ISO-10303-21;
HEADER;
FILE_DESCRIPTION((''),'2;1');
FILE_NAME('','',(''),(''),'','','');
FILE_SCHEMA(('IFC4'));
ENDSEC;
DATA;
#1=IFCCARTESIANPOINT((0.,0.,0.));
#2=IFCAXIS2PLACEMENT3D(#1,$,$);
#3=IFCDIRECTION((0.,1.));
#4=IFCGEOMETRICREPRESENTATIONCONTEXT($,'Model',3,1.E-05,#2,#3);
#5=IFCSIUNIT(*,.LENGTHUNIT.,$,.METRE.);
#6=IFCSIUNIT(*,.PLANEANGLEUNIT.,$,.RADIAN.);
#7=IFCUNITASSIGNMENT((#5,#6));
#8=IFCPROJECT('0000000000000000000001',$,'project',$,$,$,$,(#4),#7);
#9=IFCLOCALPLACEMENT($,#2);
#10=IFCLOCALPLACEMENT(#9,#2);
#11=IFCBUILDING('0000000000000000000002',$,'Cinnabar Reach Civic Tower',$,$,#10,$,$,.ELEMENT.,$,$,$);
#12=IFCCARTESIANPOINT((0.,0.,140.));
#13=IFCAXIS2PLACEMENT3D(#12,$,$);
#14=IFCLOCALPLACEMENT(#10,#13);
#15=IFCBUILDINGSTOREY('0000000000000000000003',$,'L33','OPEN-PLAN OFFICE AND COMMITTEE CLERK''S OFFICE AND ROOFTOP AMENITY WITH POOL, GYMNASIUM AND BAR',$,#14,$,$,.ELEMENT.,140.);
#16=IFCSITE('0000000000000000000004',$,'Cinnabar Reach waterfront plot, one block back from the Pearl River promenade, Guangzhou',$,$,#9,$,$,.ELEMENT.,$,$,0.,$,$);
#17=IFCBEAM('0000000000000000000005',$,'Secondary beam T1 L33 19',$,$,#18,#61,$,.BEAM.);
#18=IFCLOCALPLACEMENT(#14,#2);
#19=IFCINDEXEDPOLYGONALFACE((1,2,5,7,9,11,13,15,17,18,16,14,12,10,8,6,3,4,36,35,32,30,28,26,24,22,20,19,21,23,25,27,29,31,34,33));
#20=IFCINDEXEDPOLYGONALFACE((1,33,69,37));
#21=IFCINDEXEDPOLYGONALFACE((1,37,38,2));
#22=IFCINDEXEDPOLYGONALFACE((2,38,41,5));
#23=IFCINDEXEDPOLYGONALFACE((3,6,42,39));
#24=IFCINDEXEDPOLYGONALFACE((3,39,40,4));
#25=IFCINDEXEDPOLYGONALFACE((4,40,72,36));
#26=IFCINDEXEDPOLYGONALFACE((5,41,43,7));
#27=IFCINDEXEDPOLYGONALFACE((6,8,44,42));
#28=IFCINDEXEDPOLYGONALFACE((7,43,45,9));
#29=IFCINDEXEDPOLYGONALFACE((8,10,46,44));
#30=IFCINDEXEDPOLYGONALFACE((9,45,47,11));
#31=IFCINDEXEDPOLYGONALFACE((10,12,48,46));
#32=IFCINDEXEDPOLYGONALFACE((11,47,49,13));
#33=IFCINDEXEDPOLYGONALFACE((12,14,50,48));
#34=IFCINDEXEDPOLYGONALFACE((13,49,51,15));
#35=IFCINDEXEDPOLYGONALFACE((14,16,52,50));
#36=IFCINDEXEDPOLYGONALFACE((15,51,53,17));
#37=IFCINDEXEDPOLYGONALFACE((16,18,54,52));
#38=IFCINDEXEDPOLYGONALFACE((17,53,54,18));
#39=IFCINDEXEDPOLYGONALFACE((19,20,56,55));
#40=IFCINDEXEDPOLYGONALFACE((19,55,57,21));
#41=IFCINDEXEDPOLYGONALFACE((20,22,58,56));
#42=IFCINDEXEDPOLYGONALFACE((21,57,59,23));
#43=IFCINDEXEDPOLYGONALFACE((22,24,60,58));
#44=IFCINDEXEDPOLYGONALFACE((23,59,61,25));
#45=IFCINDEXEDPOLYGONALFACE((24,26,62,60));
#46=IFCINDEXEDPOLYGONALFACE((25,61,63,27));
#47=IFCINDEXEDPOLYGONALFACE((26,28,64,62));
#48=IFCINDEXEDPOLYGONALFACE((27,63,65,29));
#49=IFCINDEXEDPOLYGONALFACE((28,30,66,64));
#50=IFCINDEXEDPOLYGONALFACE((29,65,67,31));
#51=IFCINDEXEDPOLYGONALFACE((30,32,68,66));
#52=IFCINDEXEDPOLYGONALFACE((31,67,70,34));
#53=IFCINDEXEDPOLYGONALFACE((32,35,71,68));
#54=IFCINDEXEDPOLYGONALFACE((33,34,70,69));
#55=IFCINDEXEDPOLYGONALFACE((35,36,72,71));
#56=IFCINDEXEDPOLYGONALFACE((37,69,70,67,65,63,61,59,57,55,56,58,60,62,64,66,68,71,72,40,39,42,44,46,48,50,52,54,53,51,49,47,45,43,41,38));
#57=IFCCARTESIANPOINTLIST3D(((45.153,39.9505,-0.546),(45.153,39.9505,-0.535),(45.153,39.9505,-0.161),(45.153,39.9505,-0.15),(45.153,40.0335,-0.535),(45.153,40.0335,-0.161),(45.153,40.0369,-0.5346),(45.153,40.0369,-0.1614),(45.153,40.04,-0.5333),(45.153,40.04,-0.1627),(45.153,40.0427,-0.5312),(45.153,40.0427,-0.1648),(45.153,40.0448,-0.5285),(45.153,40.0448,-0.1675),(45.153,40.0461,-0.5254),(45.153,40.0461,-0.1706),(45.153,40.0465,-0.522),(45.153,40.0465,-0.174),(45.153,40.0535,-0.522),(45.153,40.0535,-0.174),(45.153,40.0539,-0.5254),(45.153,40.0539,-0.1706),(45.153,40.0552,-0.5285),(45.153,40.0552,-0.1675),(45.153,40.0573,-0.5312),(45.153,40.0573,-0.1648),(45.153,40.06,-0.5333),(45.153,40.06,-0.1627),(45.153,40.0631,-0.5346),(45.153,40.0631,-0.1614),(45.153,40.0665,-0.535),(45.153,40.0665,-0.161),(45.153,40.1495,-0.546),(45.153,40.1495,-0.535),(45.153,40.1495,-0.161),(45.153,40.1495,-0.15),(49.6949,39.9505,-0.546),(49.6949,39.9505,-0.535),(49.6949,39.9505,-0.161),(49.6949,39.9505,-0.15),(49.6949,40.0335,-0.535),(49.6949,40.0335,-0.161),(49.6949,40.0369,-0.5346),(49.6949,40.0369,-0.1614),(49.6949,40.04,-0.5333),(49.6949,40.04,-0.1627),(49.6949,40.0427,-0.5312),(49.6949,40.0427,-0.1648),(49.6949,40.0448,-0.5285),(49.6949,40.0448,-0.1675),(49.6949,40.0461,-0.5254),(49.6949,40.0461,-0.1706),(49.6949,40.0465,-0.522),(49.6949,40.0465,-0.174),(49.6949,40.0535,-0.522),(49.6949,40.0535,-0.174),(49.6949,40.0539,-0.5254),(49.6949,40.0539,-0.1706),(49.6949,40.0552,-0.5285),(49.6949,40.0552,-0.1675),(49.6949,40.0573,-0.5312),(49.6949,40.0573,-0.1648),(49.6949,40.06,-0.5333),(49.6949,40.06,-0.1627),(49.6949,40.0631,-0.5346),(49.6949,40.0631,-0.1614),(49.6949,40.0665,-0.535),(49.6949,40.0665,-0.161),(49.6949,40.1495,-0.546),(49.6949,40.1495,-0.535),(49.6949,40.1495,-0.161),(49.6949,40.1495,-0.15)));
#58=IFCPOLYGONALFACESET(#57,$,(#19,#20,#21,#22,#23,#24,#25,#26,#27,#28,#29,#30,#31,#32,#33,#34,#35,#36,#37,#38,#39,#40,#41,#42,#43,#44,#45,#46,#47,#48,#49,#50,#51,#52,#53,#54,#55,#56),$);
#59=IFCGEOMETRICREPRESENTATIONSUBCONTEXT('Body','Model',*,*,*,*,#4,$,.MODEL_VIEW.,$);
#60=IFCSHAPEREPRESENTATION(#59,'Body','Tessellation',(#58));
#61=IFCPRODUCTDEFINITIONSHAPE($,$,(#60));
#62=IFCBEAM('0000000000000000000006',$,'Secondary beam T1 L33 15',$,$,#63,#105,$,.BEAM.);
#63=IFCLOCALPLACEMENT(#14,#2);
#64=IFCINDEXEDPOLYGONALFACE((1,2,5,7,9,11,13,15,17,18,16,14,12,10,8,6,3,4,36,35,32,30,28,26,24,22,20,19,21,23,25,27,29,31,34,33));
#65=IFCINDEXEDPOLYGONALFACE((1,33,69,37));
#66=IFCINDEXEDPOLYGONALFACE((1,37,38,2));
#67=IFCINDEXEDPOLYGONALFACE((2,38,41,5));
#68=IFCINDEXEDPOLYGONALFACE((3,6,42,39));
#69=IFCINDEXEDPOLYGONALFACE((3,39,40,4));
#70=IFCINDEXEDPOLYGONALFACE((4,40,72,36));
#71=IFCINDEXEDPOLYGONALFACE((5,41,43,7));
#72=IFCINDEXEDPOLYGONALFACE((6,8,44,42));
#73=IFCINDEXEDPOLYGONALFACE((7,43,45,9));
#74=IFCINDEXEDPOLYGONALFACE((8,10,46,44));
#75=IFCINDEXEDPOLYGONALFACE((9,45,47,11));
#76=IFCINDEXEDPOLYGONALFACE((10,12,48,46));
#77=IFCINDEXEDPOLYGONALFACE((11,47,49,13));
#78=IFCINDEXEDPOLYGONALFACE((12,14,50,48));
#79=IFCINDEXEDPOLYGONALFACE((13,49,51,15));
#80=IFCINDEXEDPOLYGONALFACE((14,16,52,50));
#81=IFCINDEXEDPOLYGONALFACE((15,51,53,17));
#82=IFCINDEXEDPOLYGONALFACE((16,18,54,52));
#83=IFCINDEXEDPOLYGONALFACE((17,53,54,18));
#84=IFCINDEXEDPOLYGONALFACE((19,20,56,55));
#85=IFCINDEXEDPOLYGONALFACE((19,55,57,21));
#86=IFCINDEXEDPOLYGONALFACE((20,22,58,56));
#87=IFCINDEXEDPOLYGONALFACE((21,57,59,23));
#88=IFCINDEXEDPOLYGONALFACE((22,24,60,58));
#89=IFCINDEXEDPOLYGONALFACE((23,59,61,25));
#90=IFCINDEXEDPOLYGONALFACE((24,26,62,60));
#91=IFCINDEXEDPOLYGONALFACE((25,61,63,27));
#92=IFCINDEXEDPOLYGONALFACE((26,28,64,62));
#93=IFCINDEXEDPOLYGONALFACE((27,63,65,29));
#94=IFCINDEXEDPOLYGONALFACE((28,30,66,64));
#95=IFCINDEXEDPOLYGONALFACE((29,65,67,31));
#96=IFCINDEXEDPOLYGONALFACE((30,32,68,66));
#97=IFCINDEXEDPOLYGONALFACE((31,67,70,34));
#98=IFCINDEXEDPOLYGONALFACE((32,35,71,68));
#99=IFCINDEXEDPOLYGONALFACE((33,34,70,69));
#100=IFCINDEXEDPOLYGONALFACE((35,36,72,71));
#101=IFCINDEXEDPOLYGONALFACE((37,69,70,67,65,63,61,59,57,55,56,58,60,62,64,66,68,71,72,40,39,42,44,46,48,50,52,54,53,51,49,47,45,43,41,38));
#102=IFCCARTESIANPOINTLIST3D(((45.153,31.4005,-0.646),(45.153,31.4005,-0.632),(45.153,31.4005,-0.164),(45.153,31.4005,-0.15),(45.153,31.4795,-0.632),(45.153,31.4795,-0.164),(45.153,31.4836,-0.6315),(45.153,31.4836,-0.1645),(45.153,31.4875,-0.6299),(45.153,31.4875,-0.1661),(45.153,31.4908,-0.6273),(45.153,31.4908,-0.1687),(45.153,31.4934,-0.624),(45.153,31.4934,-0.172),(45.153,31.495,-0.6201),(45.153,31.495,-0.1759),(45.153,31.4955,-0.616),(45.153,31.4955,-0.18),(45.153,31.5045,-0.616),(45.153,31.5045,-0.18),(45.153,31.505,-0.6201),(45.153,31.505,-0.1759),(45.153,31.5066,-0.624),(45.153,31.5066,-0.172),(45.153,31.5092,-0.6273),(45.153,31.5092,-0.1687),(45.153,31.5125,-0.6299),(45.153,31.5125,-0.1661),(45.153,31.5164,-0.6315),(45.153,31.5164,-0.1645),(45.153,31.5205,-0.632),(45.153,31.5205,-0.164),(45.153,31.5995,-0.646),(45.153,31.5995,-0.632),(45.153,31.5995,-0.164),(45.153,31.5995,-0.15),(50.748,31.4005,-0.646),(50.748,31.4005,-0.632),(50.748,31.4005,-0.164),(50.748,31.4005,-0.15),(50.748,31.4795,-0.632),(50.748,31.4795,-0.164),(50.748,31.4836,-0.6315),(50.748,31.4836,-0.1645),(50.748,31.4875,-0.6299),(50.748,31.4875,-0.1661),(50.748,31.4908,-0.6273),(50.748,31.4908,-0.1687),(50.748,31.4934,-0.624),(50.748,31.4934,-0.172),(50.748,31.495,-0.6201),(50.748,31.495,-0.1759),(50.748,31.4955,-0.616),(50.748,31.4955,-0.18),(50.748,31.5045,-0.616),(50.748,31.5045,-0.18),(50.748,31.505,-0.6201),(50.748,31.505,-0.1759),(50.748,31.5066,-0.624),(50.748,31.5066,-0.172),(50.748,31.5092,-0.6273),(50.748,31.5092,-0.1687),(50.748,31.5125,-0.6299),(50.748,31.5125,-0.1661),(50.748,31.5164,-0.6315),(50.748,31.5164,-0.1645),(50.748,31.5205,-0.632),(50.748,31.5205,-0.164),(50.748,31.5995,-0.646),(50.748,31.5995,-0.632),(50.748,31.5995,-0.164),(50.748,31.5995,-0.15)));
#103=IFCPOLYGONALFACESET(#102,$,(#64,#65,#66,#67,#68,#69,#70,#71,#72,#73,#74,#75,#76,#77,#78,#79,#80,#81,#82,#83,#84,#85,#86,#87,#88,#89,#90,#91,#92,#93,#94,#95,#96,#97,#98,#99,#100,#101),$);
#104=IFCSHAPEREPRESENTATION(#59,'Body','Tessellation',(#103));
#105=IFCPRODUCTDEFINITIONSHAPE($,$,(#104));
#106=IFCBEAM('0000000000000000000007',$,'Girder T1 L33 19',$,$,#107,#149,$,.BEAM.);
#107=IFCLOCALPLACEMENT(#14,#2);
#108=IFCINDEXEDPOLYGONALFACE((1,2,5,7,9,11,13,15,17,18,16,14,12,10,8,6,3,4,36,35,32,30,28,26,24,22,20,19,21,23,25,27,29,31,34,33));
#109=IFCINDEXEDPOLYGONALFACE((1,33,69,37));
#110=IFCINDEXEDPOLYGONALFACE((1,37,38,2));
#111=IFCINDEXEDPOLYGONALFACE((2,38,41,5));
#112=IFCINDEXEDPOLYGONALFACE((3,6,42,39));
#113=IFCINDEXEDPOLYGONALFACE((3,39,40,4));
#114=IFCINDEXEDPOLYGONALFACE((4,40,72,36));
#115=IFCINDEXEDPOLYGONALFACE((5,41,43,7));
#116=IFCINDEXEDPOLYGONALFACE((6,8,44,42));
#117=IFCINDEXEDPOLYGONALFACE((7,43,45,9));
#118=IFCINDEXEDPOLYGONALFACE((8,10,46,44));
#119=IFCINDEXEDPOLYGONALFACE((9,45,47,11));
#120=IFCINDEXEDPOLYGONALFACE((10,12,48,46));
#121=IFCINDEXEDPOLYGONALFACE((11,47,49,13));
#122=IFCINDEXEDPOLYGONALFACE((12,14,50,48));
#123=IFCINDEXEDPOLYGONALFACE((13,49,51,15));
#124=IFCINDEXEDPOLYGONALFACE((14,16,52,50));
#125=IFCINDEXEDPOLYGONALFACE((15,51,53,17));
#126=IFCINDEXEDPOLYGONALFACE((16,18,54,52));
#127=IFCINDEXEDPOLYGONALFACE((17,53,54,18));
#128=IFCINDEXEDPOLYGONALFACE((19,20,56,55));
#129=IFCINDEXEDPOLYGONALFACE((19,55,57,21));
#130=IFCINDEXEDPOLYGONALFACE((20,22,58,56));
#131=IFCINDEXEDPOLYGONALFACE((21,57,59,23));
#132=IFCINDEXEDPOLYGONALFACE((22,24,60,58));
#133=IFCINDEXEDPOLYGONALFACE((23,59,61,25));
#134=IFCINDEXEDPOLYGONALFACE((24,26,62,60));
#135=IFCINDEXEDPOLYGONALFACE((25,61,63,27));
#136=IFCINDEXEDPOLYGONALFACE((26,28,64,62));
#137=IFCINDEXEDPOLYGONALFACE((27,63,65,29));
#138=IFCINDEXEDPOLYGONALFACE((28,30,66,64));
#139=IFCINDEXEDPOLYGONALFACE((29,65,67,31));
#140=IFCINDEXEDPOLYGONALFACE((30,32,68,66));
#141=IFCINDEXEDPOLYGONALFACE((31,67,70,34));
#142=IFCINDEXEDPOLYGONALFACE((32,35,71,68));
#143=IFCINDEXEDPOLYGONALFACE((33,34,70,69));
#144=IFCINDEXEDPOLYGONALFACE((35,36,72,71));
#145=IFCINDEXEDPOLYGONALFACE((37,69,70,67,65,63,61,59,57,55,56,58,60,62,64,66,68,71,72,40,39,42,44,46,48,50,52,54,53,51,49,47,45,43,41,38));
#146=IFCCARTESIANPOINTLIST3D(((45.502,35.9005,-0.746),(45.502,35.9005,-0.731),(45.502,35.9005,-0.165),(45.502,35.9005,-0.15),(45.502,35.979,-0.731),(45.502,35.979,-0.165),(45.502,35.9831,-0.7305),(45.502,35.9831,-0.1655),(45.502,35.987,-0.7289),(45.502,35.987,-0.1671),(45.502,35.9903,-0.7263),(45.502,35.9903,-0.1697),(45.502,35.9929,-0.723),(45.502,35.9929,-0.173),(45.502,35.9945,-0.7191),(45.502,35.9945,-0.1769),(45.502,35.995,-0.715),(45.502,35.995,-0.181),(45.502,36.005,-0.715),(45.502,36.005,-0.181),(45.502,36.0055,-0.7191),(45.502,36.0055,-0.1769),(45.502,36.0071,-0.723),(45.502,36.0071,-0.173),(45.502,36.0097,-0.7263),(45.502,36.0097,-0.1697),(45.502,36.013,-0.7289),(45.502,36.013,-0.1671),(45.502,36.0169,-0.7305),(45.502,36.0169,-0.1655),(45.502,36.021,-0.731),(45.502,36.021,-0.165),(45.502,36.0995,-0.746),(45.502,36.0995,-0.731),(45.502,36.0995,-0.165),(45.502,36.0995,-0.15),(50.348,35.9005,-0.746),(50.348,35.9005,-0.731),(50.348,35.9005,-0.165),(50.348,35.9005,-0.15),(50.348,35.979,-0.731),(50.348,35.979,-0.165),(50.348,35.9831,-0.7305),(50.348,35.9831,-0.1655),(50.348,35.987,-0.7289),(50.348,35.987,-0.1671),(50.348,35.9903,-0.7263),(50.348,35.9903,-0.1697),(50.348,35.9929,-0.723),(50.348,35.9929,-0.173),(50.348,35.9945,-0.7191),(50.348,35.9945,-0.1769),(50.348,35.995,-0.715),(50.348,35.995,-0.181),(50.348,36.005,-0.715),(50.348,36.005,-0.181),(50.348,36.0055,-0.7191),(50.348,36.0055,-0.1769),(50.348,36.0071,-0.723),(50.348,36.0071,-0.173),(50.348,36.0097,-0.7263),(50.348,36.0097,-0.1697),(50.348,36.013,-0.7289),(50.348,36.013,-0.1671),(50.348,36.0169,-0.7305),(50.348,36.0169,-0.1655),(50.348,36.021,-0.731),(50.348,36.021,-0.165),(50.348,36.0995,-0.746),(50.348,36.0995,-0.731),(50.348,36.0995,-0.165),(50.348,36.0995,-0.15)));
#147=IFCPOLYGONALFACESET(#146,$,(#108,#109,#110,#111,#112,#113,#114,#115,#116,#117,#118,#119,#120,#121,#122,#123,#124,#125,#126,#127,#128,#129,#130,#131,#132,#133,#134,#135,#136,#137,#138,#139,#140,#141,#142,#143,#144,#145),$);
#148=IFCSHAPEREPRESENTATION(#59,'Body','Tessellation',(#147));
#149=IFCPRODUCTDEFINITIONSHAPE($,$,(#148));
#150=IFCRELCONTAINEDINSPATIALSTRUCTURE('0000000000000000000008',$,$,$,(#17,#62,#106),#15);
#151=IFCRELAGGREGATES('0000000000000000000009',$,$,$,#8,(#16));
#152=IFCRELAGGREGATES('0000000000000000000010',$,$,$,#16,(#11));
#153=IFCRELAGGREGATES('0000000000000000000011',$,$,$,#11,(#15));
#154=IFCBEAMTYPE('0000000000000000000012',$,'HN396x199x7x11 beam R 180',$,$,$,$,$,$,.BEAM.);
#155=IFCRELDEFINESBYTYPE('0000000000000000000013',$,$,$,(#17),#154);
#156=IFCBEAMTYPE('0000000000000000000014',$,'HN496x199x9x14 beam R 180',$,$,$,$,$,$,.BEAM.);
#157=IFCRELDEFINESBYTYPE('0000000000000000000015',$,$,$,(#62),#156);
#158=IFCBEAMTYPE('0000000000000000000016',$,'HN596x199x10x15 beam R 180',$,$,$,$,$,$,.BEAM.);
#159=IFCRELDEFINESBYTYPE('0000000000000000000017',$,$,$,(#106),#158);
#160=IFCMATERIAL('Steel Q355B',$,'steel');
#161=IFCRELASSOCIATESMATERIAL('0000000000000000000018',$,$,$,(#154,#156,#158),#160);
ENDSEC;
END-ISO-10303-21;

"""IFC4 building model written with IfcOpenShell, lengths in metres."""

from ifc_helpers import new_model, si_unit, direction, frame, origin, origin_2d, place, context, subcontext, project, spatial, i_section, extrude, material, material_profile, profile_set, type_object, element, save


model = new_model("IFC4")

# Units and contexts
model_context = context("Model", 3, precision=1e-05, world=origin(), true_north=direction((0.0, 1.0)))
body_context = subcontext(model_context, "Body", "Model", "MODEL_VIEW")
ifc_project = project(units=[si_unit("LENGTHUNIT", "METRE"), si_unit("PLANEANGLEUNIT", "RADIAN")], contexts=[model_context])

# Site, building, storey
site_placement = place(None, origin())
site = spatial("IfcSite", under=ifc_project, at=site_placement, Name="Cinnabar Reach waterfront plot, one block back from the Pearl River promenade, Guangzhou", CompositionType="ELEMENT", RefElevation=0.0)
building_placement = place(site_placement, origin())
building = spatial("IfcBuilding", under=site, at=building_placement, Name="Cinnabar Reach Civic Tower", CompositionType="ELEMENT")
storey_placement = place(building_placement, frame((0.0, 0.0, 140.0)))
storey = spatial("IfcBuildingStorey", under=building, at=storey_placement, Name="L33", Description="OPEN-PLAN OFFICE AND COMMITTEE CLERK'S OFFICE AND ROOFTOP AMENITY WITH POOL, GYMNASIUM AND BAR", CompositionType="ELEMENT", Elevation=140.0)

# Beams
ifc_material_1 = material(Name="Steel Q355B", Category="steel")
ifc_material_profile_1 = material_profile(ifc_material_1, i_section(OverallWidth=0.199, OverallDepth=0.396, WebThickness=0.007, FlangeThickness=0.011, FilletRadius=0.013, at=origin_2d()), Name="HN396x199x7x11")
ifc_profile_set_1 = profile_set([ifc_material_profile_1], Name="Steel Q355B")
beam_type_1 = type_object("IfcBeamType", Name="HN396x199x7x11 beam R 180", PredefinedType="BEAM", material=ifc_profile_set_1)
beam_1_placement = place(storey_placement, frame((45.153, 40.05, -0.348), z_axis=(1.0, 0.0, 0.0), x_axis=(0.0, 1.0, 0.0)))
element("IfcBeam", 1, at=beam_1_placement, inside=storey, type_object=beam_type_1, Name="Secondary beam T1 L33 19", PredefinedType="BEAM", context=body_context, shape_type="SweptSolid", body=[
    extrude(i_section(OverallWidth=0.199, OverallDepth=0.396, WebThickness=0.007, FlangeThickness=0.011, FilletRadius=0.013, at=origin_2d()), origin(), (0.0, 0.0, 1.0), 4.5419),
])
ifc_material_profile_2 = material_profile(ifc_material_1, i_section(OverallWidth=0.199, OverallDepth=0.496, WebThickness=0.009, FlangeThickness=0.014, FilletRadius=0.016, at=origin_2d()), Name="HN496x199x9x14")
ifc_profile_set_2 = profile_set([ifc_material_profile_2], Name="Steel Q355B")
beam_type_2 = type_object("IfcBeamType", Name="HN496x199x9x14 beam R 180", PredefinedType="BEAM", material=ifc_profile_set_2)
beam_2_placement = place(storey_placement, frame((45.153, 31.5, -0.398), z_axis=(1.0, 0.0, 0.0), x_axis=(0.0, 1.0, 0.0)))
element("IfcBeam", 2, at=beam_2_placement, inside=storey, type_object=beam_type_2, Name="Secondary beam T1 L33 15", PredefinedType="BEAM", context=body_context, shape_type="SweptSolid", body=[
    extrude(i_section(OverallWidth=0.199, OverallDepth=0.496, WebThickness=0.009, FlangeThickness=0.014, FilletRadius=0.016, at=origin_2d()), origin(), (0.0, 0.0, 1.0), 5.595),
])
ifc_material_profile_3 = material_profile(ifc_material_1, i_section(OverallWidth=0.199, OverallDepth=0.596, WebThickness=0.01, FlangeThickness=0.015, FilletRadius=0.016, at=origin_2d()), Name="HN596x199x10x15")
ifc_profile_set_3 = profile_set([ifc_material_profile_3], Name="Steel Q355B")
beam_type_3 = type_object("IfcBeamType", Name="HN596x199x10x15 beam R 180", PredefinedType="BEAM", material=ifc_profile_set_3)
beam_3_placement = place(storey_placement, frame((45.502, 36.0, -0.448), z_axis=(1.0, 0.0, 0.0), x_axis=(0.0, 1.0, 0.0)))
element("IfcBeam", 3, at=beam_3_placement, inside=storey, type_object=beam_type_3, Name="Girder T1 L33 19", PredefinedType="BEAM", context=body_context, shape_type="SweptSolid", body=[
    extrude(i_section(OverallWidth=0.199, OverallDepth=0.596, WebThickness=0.01, FlangeThickness=0.015, FilletRadius=0.016, at=origin_2d()), origin(), (0.0, 0.0, 1.0), 4.846),
])

save(model, "model.ifc")
